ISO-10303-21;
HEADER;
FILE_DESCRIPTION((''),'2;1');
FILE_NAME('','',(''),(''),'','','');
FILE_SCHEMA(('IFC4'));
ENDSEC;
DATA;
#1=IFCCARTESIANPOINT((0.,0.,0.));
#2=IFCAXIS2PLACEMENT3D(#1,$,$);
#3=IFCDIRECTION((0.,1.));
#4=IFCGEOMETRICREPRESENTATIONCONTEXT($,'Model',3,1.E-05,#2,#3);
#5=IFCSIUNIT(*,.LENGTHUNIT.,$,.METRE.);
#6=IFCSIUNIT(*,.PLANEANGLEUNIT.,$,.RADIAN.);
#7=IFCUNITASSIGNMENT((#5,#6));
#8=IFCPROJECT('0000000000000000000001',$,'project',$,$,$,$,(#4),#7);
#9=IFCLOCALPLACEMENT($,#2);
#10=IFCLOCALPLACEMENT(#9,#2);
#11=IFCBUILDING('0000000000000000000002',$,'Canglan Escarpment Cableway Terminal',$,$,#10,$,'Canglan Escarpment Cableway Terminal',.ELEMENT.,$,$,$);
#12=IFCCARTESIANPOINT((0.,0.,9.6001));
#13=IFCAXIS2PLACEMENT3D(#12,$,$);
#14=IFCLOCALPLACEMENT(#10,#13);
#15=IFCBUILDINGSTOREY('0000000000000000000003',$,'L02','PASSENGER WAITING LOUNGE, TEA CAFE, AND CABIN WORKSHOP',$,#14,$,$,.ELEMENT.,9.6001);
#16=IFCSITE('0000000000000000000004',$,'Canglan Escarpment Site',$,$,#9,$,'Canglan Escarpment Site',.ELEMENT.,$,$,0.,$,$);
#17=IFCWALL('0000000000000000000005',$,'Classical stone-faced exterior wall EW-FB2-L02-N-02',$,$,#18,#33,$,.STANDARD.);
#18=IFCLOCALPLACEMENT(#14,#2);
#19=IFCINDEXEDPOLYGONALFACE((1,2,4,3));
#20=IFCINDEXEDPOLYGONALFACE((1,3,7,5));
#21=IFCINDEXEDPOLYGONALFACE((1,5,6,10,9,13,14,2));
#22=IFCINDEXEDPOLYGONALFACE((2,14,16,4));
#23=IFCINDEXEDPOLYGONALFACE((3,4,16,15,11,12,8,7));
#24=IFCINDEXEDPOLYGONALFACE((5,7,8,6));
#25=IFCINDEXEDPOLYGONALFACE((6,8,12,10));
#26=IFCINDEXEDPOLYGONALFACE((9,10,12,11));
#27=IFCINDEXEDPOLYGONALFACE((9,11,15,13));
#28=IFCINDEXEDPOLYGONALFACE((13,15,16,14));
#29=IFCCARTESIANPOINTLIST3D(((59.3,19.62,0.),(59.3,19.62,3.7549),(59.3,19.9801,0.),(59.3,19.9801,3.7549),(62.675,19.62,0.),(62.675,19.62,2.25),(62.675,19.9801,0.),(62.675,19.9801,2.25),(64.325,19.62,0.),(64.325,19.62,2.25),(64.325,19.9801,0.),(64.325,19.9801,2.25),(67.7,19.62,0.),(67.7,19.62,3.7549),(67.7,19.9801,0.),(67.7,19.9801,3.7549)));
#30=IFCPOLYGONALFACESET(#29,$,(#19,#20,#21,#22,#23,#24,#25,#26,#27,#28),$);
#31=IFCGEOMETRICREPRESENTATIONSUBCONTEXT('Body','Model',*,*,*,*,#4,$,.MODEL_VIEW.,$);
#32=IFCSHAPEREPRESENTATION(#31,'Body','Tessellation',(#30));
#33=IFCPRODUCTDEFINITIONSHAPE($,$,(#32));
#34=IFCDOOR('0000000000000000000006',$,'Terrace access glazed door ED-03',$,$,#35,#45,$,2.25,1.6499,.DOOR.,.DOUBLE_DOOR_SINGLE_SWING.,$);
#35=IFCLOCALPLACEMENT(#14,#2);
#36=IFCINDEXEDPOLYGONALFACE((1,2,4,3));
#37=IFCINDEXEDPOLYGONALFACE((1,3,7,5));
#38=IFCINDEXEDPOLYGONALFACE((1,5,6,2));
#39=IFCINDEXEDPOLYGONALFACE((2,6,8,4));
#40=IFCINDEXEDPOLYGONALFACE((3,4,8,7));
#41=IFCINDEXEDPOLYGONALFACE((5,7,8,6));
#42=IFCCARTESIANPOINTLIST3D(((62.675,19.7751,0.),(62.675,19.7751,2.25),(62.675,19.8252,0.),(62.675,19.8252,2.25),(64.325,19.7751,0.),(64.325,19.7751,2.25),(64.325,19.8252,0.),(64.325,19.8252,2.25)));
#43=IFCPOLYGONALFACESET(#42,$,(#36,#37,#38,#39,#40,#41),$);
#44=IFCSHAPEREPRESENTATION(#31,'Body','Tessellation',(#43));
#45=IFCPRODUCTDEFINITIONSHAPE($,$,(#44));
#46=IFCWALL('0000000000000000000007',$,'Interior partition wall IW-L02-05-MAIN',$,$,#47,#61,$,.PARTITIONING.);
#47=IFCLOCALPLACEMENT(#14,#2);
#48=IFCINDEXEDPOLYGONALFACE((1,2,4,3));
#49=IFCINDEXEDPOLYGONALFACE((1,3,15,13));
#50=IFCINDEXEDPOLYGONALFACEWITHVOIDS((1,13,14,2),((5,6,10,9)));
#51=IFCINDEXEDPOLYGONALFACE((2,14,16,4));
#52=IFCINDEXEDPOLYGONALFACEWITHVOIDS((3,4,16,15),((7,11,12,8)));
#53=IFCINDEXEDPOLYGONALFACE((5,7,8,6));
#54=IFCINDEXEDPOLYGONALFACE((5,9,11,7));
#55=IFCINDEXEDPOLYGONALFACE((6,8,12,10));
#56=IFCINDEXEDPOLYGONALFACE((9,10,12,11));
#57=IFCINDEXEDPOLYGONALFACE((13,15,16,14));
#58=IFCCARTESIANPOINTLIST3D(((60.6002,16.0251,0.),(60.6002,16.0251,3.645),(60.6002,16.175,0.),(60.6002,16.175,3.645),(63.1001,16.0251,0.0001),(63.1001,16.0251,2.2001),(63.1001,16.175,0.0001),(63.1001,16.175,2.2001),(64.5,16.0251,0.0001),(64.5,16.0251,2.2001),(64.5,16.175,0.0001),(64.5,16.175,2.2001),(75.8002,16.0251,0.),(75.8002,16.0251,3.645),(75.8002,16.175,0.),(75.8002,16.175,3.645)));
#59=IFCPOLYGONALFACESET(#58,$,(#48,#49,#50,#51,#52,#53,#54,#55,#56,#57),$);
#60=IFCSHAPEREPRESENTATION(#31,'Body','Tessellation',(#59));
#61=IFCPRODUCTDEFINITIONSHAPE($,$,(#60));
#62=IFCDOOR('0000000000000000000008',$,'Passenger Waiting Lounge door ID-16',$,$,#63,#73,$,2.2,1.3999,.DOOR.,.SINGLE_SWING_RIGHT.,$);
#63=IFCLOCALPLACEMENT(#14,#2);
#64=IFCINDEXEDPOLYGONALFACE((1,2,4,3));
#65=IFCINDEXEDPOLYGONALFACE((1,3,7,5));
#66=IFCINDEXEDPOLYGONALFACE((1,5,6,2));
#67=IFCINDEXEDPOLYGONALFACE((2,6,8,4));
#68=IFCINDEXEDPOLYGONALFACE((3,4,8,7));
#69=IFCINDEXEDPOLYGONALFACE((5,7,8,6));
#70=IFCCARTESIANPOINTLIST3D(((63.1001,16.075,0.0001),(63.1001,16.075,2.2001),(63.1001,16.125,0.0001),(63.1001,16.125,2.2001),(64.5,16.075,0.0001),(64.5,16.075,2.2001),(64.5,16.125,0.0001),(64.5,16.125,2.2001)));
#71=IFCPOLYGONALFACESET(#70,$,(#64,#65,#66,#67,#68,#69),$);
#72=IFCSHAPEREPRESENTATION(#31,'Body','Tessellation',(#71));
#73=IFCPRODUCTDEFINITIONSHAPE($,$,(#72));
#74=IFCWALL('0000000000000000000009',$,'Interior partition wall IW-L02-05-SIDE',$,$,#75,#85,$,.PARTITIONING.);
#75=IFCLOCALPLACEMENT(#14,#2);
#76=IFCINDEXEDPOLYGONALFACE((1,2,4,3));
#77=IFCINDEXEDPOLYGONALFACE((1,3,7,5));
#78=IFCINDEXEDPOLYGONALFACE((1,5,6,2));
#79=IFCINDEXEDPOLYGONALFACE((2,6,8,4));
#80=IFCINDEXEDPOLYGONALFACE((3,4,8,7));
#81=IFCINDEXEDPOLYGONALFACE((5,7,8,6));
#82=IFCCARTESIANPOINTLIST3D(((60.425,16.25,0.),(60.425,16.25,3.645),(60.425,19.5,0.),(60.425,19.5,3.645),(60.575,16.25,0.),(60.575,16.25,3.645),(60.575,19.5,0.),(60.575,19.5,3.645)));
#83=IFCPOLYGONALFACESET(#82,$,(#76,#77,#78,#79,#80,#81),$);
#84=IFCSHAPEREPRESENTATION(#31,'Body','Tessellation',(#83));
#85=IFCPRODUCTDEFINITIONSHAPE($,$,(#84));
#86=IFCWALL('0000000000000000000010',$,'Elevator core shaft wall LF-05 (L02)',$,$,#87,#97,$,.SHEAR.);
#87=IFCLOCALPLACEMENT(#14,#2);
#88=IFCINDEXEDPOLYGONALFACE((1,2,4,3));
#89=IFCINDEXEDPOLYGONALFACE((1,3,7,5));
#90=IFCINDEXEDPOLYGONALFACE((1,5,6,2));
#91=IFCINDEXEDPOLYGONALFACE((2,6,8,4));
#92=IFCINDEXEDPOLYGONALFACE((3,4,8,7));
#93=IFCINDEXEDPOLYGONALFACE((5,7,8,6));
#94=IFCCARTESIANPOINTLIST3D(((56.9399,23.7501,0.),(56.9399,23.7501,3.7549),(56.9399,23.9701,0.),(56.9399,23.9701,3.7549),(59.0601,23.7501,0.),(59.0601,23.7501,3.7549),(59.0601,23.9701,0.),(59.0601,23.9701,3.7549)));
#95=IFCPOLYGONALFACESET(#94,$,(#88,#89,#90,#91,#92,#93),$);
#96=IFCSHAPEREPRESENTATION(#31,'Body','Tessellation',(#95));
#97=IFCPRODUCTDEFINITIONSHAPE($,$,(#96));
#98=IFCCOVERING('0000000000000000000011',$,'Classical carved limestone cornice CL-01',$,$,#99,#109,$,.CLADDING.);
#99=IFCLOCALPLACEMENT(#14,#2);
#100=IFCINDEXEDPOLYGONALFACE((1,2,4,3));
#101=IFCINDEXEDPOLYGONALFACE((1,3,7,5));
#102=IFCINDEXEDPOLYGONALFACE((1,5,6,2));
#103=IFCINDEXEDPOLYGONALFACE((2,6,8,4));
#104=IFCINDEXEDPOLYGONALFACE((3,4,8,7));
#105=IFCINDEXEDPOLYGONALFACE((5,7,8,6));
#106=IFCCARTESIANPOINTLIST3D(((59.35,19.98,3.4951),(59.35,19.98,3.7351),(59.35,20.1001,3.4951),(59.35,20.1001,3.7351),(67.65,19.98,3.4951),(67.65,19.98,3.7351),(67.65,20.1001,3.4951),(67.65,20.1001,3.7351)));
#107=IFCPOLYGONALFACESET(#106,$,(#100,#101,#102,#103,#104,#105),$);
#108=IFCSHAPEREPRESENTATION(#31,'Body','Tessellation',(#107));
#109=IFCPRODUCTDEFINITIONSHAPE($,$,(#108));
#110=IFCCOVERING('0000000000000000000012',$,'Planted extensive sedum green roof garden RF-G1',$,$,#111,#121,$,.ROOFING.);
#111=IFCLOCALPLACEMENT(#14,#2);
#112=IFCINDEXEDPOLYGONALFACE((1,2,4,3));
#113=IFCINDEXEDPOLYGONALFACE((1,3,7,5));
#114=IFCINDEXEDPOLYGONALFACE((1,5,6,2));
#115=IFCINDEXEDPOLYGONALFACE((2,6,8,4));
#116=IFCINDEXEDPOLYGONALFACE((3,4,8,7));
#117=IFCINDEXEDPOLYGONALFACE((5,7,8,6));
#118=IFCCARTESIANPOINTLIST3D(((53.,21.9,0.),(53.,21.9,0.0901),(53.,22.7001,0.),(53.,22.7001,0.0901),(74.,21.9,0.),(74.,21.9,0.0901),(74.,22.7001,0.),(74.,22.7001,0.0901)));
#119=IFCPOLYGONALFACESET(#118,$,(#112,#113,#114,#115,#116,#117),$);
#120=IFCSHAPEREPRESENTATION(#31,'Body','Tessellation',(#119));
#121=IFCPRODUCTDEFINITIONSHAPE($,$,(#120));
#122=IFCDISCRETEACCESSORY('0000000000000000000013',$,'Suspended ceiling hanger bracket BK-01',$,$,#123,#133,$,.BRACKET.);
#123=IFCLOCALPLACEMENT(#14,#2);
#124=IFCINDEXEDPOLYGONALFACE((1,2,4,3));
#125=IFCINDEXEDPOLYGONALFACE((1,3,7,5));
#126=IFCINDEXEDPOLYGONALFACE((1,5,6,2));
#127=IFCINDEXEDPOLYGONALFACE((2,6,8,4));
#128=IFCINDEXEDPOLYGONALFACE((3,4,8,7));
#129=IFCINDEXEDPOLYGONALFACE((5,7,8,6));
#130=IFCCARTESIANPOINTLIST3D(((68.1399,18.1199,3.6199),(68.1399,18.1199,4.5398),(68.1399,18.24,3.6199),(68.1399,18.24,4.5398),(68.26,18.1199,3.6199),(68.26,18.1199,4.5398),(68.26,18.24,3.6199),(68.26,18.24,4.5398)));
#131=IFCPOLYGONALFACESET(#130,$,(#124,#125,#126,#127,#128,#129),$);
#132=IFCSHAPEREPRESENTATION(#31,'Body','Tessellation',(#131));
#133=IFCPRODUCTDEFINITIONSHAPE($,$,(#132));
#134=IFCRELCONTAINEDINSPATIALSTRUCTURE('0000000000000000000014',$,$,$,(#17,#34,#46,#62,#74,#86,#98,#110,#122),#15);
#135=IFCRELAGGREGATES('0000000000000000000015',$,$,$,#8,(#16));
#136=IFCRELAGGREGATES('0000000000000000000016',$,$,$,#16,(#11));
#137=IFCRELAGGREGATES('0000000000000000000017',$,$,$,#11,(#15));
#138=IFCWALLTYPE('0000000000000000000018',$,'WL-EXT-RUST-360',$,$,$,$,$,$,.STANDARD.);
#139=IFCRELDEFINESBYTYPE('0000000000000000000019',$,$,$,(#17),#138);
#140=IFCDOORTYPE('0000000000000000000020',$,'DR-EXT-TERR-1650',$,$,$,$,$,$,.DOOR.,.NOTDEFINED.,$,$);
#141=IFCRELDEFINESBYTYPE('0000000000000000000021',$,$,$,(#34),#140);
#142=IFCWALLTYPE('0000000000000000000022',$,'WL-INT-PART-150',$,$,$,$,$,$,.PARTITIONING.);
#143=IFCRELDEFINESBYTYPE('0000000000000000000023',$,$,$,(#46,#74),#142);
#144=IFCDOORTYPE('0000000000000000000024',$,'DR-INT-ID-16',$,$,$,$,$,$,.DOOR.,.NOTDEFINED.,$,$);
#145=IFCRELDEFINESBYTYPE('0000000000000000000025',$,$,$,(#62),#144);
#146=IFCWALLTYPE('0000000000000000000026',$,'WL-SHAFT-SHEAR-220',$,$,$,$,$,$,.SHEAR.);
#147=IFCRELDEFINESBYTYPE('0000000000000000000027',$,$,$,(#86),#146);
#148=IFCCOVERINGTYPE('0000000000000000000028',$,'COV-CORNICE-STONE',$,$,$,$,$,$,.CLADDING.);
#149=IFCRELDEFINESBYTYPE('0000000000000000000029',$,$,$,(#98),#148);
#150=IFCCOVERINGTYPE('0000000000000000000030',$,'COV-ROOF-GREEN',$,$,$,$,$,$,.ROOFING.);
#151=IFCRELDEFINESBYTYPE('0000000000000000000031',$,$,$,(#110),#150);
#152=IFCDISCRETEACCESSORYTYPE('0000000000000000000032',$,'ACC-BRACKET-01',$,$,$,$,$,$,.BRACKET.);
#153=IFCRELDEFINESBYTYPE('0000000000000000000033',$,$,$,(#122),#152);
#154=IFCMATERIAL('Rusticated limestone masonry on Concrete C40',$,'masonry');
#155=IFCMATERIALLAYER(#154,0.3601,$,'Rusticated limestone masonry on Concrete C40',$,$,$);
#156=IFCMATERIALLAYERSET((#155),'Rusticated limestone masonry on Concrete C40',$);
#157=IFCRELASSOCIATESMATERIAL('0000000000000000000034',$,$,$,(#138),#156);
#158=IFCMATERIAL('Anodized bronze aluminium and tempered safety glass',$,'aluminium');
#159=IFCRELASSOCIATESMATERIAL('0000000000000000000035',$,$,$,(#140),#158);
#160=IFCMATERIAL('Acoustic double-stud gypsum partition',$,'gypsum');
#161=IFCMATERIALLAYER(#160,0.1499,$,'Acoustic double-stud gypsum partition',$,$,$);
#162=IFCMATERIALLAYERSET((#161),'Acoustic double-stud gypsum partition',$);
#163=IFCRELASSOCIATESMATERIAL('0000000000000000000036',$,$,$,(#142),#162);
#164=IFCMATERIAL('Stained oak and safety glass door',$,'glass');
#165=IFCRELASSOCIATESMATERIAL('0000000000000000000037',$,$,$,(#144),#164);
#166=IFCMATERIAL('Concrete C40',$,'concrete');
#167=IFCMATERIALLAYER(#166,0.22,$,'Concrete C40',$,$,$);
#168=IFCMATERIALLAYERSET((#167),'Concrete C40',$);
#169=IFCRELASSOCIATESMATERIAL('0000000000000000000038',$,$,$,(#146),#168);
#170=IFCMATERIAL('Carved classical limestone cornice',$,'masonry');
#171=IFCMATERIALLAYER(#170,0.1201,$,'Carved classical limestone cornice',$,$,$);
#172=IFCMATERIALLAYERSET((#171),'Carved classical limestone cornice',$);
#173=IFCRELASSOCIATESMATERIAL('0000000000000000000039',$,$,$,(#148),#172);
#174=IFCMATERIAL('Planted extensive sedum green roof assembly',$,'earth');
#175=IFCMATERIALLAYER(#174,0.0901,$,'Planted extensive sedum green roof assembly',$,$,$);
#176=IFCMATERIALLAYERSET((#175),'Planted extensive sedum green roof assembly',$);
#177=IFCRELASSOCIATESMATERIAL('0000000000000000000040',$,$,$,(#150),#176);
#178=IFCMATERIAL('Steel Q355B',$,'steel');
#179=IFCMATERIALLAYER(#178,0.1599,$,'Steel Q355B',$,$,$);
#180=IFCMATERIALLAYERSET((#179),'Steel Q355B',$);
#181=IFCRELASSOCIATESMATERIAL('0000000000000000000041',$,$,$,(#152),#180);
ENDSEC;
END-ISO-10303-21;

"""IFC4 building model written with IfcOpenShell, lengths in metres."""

from ifc_helpers import new_model, si_unit, direction, frame, frame_2d, origin, origin_2d, place, context, subcontext, project, spatial, rectangle, extrude, material, layer, layer_set, type_object, element, fill, save


model = new_model("IFC4")

# Units and contexts
model_context = context("Model", 3, precision=1e-05, world=origin(), true_north=direction((0.0, 1.0)))
body_context = subcontext(model_context, "Body", "Model", "MODEL_VIEW")
ifc_project = project(units=[si_unit("LENGTHUNIT", "METRE"), si_unit("PLANEANGLEUNIT", "RADIAN")], contexts=[model_context])

# Site, building, storey
site_placement = place(None, origin())
site = spatial("IfcSite", under=ifc_project, at=site_placement, Name="Canglan Escarpment Site", LongName="Canglan Escarpment Site", CompositionType="ELEMENT", RefElevation=0.0)
building_placement = place(site_placement, origin())
building = spatial("IfcBuilding", under=site, at=building_placement, Name="Canglan Escarpment Cableway Terminal", LongName="Canglan Escarpment Cableway Terminal", CompositionType="ELEMENT")
storey_placement = place(building_placement, frame((0.0, 0.0, 9.6001)))
storey = spatial("IfcBuildingStorey", under=building, at=storey_placement, Name="L02", Description="PASSENGER WAITING LOUNGE, TEA CAFE, AND CABIN WORKSHOP", CompositionType="ELEMENT", Elevation=9.6001)

# Shared definitions
ifc_material_1 = material(Name="Concrete C40", Category="concrete")

# Shared definitions
ifc_material_2 = material(Name="Steel Q355B", Category="steel")

# Walls, openings, doors
ifc_material_3 = material(Name="Rusticated limestone masonry on Concrete C40", Category="masonry")
ifc_layer_1 = layer(ifc_material_3, 0.3601, Name="Rusticated limestone masonry on Concrete C40")
ifc_layer_set_1 = layer_set([ifc_layer_1], Name="Rusticated limestone masonry on Concrete C40")
wall_type_1 = type_object("IfcWallType", Name="WL-EXT-RUST-360", PredefinedType="STANDARD", material=ifc_layer_set_1)
wall_1_placement = place(storey_placement, frame((67.7, 19.8, 0.0), z_axis=(0.0, 0.0, 1.0), x_axis=(-1.0, 0.0, 0.0)))
wall_1 = element("IfcWall", 1, at=wall_1_placement, inside=storey, type_object=wall_type_1, Name="Classical stone-faced exterior wall EW-FB2-L02-N-02", PredefinedType="STANDARD", context=body_context, shape_type="SweptSolid", body=[
    extrude(rectangle(XDim=8.3999, YDim=0.3601, at=frame_2d((4.2, 0.0))), origin(), (0.0, 0.0, 1.0), 3.7549),
])
opening_1_placement = place(wall_1_placement, frame((3.375, 0.0, 0.0)))
opening_1 = element("IfcOpeningElement", 2, at=opening_1_placement, cuts=wall_1, PredefinedType="OPENING", context=body_context, shape_type="SweptSolid", body=[
    extrude(rectangle(XDim=1.6499, YDim=2.25, at=frame_2d((0.825, 1.125))), frame((0.0, 0.1899, 0.0), z_axis=(0.0, -1.0, 0.0), x_axis=(1.0, 0.0, 0.0)), (0.0, 0.0, 1.0), 0.3801),
])
ifc_material_4 = material(Name="Anodized bronze aluminium and tempered safety glass", Category="aluminium")
door_type_1 = type_object("IfcDoorType", Name="DR-EXT-TERR-1650", OperationType="NOTDEFINED", PredefinedType="DOOR", material=ifc_material_4)
door_1_placement = place(opening_1_placement, origin())
door_1 = element("IfcDoor", 3, at=door_1_placement, inside=storey, type_object=door_type_1, Name="Terrace access glazed door ED-03", OperationType="DOUBLE_DOOR_SINGLE_SWING", OverallHeight=2.25, OverallWidth=1.6499, PredefinedType="DOOR", context=body_context, shape_type="SweptSolid", body=[
    extrude(rectangle(XDim=1.6499, YDim=2.25, at=frame_2d((0.825, 1.125))), frame((0.0, 0.0249, 0.0), z_axis=(0.0, -1.0, 0.0), x_axis=(1.0, 0.0, 0.0)), (0.0, 0.0, 1.0), 0.05),
])
fill(opening_1, door_1)
ifc_material_5 = material(Name="Acoustic double-stud gypsum partition", Category="gypsum")
ifc_layer_2 = layer(ifc_material_5, 0.1499, Name="Acoustic double-stud gypsum partition")
ifc_layer_set_2 = layer_set([ifc_layer_2], Name="Acoustic double-stud gypsum partition")
wall_type_2 = type_object("IfcWallType", Name="WL-INT-PART-150", PredefinedType="PARTITIONING", material=ifc_layer_set_2)
wall_2_placement = place(storey_placement, frame((60.6001, 16.1001, 0.0), z_axis=(0.0, 0.0, 1.0), x_axis=(1.0, 0.0, 0.0)))
wall_2 = element("IfcWall", 4, at=wall_2_placement, inside=storey, type_object=wall_type_2, Name="Interior partition wall IW-L02-05-MAIN", PredefinedType="PARTITIONING", context=body_context, shape_type="SweptSolid", body=[
    extrude(rectangle(XDim=15.2, YDim=0.1499, at=frame_2d((7.6001, 0.0))), origin(), (0.0, 0.0, 1.0), 3.645),
])
opening_2_placement = place(wall_2_placement, frame((2.5, 0.0, 0.0)))
opening_2 = element("IfcOpeningElement", 5, at=opening_2_placement, cuts=wall_2, PredefinedType="OPENING", context=body_context, shape_type="SweptSolid", body=[
    extrude(rectangle(XDim=1.3999, YDim=2.2, at=frame_2d((0.7, 1.1001))), frame((0.0, 0.085, 0.0), z_axis=(0.0, -1.0, 0.0), x_axis=(1.0, 0.0, 0.0)), (0.0, 0.0, 1.0), 0.1699),
])
ifc_material_6 = material(Name="Stained oak and safety glass door", Category="glass")
door_type_2 = type_object("IfcDoorType", Name="DR-INT-ID-16", OperationType="NOTDEFINED", PredefinedType="DOOR", material=ifc_material_6)
door_2_placement = place(opening_2_placement, origin())
door_2 = element("IfcDoor", 6, at=door_2_placement, inside=storey, type_object=door_type_2, Name="Passenger Waiting Lounge door ID-16", OperationType="SINGLE_SWING_RIGHT", OverallHeight=2.2, OverallWidth=1.3999, PredefinedType="DOOR", context=body_context, shape_type="SweptSolid", body=[
    extrude(rectangle(XDim=1.3999, YDim=2.2, at=frame_2d((0.7, 1.1001))), frame((0.0, 0.0249, 0.0), z_axis=(0.0, -1.0, 0.0), x_axis=(1.0, 0.0, 0.0)), (0.0, 0.0, 1.0), 0.05),
])
fill(opening_2, door_2)

# Walls
wall_3_placement = place(storey_placement, frame((60.5, 16.25, 0.0), z_axis=(0.0, 0.0, 1.0), x_axis=(0.0, 1.0, 0.0)))
element("IfcWall", 7, at=wall_3_placement, inside=storey, type_object=wall_type_2, Name="Interior partition wall IW-L02-05-SIDE", PredefinedType="PARTITIONING", context=body_context, shape_type="SweptSolid", body=[
    extrude(rectangle(XDim=3.25, YDim=0.1499, at=frame_2d((1.625, 0.0))), origin(), (0.0, 0.0, 1.0), 3.645),
])
ifc_layer_3 = layer(ifc_material_1, 0.22, Name="Concrete C40")
ifc_layer_set_3 = layer_set([ifc_layer_3], Name="Concrete C40")
wall_type_3 = type_object("IfcWallType", Name="WL-SHAFT-SHEAR-220", PredefinedType="SHEAR", material=ifc_layer_set_3)
wall_4_placement = place(storey_placement, frame((59.0601, 23.8601, 0.0), z_axis=(0.0, 0.0, 1.0), x_axis=(-1.0, 0.0, 0.0)))
element("IfcWall", 8, at=wall_4_placement, inside=storey, type_object=wall_type_3, Name="Elevator core shaft wall LF-05 (L02)", PredefinedType="SHEAR", context=body_context, shape_type="SweptSolid", body=[
    extrude(rectangle(XDim=2.1201, YDim=0.22, at=frame_2d((1.0601, 0.0))), origin(), (0.0, 0.0, 1.0), 3.7549),
])

# Coverings
ifc_material_7 = material(Name="Carved classical limestone cornice", Category="masonry")
ifc_layer_4 = layer(ifc_material_7, 0.1201, Name="Carved classical limestone cornice")
ifc_layer_set_4 = layer_set([ifc_layer_4], Name="Carved classical limestone cornice")
covering_type_1 = type_object("IfcCoveringType", Name="COV-CORNICE-STONE", PredefinedType="CLADDING", material=ifc_layer_set_4)
covering_1_placement = place(storey_placement, frame((63.5, 20.04, 3.4951), z_axis=(0.0, 0.0, 1.0), x_axis=(-1.0, 0.0, 0.0)))
element("IfcCovering", 9, at=covering_1_placement, inside=storey, type_object=covering_type_1, Name="Classical carved limestone cornice CL-01", PredefinedType="CLADDING", context=body_context, shape_type="SweptSolid", body=[
    extrude(rectangle(XDim=8.3, YDim=0.1201, at=origin_2d()), origin(), (0.0, 0.0, 1.0), 0.24),
])
ifc_material_8 = material(Name="Planted extensive sedum green roof assembly", Category="earth")
ifc_layer_5 = layer(ifc_material_8, 0.0901, Name="Planted extensive sedum green roof assembly")
ifc_layer_set_5 = layer_set([ifc_layer_5], Name="Planted extensive sedum green roof assembly")
covering_type_2 = type_object("IfcCoveringType", Name="COV-ROOF-GREEN", PredefinedType="ROOFING", material=ifc_layer_set_5)
covering_2_placement = place(storey_placement, frame((63.5, 22.3, 0.0), z_axis=(0.0, 0.0, 1.0), x_axis=(1.0, 0.0, 0.0)))
element("IfcCovering", 10, at=covering_2_placement, inside=storey, type_object=covering_type_2, Name="Planted extensive sedum green roof garden RF-G1", PredefinedType="ROOFING", context=body_context, shape_type="SweptSolid", body=[
    extrude(rectangle(XDim=21.0, YDim=0.8, at=origin_2d()), origin(), (0.0, 0.0, 1.0), 0.0901),
])

# Discrete accessory
ifc_layer_6 = layer(ifc_material_2, 0.1599, Name="Steel Q355B")
ifc_layer_set_6 = layer_set([ifc_layer_6], Name="Steel Q355B")
discrete_accessory_type = type_object("IfcDiscreteAccessoryType", Name="ACC-BRACKET-01", PredefinedType="BRACKET", material=ifc_layer_set_6)
discrete_accessory_placement = place(storey_placement, frame((68.2, 18.1799, 3.6199), z_axis=(0.0, 0.0, 1.0), x_axis=(1.0, 0.0, 0.0)))
element("IfcDiscreteAccessory", 11, at=discrete_accessory_placement, inside=storey, type_object=discrete_accessory_type, Name="Suspended ceiling hanger bracket BK-01", PredefinedType="BRACKET", context=body_context, shape_type="SweptSolid", body=[
    extrude(rectangle(XDim=0.1201, YDim=0.1201, at=origin_2d()), origin(), (0.0, 0.0, 1.0), 0.9199),
])

save(model, "model.ifc")
